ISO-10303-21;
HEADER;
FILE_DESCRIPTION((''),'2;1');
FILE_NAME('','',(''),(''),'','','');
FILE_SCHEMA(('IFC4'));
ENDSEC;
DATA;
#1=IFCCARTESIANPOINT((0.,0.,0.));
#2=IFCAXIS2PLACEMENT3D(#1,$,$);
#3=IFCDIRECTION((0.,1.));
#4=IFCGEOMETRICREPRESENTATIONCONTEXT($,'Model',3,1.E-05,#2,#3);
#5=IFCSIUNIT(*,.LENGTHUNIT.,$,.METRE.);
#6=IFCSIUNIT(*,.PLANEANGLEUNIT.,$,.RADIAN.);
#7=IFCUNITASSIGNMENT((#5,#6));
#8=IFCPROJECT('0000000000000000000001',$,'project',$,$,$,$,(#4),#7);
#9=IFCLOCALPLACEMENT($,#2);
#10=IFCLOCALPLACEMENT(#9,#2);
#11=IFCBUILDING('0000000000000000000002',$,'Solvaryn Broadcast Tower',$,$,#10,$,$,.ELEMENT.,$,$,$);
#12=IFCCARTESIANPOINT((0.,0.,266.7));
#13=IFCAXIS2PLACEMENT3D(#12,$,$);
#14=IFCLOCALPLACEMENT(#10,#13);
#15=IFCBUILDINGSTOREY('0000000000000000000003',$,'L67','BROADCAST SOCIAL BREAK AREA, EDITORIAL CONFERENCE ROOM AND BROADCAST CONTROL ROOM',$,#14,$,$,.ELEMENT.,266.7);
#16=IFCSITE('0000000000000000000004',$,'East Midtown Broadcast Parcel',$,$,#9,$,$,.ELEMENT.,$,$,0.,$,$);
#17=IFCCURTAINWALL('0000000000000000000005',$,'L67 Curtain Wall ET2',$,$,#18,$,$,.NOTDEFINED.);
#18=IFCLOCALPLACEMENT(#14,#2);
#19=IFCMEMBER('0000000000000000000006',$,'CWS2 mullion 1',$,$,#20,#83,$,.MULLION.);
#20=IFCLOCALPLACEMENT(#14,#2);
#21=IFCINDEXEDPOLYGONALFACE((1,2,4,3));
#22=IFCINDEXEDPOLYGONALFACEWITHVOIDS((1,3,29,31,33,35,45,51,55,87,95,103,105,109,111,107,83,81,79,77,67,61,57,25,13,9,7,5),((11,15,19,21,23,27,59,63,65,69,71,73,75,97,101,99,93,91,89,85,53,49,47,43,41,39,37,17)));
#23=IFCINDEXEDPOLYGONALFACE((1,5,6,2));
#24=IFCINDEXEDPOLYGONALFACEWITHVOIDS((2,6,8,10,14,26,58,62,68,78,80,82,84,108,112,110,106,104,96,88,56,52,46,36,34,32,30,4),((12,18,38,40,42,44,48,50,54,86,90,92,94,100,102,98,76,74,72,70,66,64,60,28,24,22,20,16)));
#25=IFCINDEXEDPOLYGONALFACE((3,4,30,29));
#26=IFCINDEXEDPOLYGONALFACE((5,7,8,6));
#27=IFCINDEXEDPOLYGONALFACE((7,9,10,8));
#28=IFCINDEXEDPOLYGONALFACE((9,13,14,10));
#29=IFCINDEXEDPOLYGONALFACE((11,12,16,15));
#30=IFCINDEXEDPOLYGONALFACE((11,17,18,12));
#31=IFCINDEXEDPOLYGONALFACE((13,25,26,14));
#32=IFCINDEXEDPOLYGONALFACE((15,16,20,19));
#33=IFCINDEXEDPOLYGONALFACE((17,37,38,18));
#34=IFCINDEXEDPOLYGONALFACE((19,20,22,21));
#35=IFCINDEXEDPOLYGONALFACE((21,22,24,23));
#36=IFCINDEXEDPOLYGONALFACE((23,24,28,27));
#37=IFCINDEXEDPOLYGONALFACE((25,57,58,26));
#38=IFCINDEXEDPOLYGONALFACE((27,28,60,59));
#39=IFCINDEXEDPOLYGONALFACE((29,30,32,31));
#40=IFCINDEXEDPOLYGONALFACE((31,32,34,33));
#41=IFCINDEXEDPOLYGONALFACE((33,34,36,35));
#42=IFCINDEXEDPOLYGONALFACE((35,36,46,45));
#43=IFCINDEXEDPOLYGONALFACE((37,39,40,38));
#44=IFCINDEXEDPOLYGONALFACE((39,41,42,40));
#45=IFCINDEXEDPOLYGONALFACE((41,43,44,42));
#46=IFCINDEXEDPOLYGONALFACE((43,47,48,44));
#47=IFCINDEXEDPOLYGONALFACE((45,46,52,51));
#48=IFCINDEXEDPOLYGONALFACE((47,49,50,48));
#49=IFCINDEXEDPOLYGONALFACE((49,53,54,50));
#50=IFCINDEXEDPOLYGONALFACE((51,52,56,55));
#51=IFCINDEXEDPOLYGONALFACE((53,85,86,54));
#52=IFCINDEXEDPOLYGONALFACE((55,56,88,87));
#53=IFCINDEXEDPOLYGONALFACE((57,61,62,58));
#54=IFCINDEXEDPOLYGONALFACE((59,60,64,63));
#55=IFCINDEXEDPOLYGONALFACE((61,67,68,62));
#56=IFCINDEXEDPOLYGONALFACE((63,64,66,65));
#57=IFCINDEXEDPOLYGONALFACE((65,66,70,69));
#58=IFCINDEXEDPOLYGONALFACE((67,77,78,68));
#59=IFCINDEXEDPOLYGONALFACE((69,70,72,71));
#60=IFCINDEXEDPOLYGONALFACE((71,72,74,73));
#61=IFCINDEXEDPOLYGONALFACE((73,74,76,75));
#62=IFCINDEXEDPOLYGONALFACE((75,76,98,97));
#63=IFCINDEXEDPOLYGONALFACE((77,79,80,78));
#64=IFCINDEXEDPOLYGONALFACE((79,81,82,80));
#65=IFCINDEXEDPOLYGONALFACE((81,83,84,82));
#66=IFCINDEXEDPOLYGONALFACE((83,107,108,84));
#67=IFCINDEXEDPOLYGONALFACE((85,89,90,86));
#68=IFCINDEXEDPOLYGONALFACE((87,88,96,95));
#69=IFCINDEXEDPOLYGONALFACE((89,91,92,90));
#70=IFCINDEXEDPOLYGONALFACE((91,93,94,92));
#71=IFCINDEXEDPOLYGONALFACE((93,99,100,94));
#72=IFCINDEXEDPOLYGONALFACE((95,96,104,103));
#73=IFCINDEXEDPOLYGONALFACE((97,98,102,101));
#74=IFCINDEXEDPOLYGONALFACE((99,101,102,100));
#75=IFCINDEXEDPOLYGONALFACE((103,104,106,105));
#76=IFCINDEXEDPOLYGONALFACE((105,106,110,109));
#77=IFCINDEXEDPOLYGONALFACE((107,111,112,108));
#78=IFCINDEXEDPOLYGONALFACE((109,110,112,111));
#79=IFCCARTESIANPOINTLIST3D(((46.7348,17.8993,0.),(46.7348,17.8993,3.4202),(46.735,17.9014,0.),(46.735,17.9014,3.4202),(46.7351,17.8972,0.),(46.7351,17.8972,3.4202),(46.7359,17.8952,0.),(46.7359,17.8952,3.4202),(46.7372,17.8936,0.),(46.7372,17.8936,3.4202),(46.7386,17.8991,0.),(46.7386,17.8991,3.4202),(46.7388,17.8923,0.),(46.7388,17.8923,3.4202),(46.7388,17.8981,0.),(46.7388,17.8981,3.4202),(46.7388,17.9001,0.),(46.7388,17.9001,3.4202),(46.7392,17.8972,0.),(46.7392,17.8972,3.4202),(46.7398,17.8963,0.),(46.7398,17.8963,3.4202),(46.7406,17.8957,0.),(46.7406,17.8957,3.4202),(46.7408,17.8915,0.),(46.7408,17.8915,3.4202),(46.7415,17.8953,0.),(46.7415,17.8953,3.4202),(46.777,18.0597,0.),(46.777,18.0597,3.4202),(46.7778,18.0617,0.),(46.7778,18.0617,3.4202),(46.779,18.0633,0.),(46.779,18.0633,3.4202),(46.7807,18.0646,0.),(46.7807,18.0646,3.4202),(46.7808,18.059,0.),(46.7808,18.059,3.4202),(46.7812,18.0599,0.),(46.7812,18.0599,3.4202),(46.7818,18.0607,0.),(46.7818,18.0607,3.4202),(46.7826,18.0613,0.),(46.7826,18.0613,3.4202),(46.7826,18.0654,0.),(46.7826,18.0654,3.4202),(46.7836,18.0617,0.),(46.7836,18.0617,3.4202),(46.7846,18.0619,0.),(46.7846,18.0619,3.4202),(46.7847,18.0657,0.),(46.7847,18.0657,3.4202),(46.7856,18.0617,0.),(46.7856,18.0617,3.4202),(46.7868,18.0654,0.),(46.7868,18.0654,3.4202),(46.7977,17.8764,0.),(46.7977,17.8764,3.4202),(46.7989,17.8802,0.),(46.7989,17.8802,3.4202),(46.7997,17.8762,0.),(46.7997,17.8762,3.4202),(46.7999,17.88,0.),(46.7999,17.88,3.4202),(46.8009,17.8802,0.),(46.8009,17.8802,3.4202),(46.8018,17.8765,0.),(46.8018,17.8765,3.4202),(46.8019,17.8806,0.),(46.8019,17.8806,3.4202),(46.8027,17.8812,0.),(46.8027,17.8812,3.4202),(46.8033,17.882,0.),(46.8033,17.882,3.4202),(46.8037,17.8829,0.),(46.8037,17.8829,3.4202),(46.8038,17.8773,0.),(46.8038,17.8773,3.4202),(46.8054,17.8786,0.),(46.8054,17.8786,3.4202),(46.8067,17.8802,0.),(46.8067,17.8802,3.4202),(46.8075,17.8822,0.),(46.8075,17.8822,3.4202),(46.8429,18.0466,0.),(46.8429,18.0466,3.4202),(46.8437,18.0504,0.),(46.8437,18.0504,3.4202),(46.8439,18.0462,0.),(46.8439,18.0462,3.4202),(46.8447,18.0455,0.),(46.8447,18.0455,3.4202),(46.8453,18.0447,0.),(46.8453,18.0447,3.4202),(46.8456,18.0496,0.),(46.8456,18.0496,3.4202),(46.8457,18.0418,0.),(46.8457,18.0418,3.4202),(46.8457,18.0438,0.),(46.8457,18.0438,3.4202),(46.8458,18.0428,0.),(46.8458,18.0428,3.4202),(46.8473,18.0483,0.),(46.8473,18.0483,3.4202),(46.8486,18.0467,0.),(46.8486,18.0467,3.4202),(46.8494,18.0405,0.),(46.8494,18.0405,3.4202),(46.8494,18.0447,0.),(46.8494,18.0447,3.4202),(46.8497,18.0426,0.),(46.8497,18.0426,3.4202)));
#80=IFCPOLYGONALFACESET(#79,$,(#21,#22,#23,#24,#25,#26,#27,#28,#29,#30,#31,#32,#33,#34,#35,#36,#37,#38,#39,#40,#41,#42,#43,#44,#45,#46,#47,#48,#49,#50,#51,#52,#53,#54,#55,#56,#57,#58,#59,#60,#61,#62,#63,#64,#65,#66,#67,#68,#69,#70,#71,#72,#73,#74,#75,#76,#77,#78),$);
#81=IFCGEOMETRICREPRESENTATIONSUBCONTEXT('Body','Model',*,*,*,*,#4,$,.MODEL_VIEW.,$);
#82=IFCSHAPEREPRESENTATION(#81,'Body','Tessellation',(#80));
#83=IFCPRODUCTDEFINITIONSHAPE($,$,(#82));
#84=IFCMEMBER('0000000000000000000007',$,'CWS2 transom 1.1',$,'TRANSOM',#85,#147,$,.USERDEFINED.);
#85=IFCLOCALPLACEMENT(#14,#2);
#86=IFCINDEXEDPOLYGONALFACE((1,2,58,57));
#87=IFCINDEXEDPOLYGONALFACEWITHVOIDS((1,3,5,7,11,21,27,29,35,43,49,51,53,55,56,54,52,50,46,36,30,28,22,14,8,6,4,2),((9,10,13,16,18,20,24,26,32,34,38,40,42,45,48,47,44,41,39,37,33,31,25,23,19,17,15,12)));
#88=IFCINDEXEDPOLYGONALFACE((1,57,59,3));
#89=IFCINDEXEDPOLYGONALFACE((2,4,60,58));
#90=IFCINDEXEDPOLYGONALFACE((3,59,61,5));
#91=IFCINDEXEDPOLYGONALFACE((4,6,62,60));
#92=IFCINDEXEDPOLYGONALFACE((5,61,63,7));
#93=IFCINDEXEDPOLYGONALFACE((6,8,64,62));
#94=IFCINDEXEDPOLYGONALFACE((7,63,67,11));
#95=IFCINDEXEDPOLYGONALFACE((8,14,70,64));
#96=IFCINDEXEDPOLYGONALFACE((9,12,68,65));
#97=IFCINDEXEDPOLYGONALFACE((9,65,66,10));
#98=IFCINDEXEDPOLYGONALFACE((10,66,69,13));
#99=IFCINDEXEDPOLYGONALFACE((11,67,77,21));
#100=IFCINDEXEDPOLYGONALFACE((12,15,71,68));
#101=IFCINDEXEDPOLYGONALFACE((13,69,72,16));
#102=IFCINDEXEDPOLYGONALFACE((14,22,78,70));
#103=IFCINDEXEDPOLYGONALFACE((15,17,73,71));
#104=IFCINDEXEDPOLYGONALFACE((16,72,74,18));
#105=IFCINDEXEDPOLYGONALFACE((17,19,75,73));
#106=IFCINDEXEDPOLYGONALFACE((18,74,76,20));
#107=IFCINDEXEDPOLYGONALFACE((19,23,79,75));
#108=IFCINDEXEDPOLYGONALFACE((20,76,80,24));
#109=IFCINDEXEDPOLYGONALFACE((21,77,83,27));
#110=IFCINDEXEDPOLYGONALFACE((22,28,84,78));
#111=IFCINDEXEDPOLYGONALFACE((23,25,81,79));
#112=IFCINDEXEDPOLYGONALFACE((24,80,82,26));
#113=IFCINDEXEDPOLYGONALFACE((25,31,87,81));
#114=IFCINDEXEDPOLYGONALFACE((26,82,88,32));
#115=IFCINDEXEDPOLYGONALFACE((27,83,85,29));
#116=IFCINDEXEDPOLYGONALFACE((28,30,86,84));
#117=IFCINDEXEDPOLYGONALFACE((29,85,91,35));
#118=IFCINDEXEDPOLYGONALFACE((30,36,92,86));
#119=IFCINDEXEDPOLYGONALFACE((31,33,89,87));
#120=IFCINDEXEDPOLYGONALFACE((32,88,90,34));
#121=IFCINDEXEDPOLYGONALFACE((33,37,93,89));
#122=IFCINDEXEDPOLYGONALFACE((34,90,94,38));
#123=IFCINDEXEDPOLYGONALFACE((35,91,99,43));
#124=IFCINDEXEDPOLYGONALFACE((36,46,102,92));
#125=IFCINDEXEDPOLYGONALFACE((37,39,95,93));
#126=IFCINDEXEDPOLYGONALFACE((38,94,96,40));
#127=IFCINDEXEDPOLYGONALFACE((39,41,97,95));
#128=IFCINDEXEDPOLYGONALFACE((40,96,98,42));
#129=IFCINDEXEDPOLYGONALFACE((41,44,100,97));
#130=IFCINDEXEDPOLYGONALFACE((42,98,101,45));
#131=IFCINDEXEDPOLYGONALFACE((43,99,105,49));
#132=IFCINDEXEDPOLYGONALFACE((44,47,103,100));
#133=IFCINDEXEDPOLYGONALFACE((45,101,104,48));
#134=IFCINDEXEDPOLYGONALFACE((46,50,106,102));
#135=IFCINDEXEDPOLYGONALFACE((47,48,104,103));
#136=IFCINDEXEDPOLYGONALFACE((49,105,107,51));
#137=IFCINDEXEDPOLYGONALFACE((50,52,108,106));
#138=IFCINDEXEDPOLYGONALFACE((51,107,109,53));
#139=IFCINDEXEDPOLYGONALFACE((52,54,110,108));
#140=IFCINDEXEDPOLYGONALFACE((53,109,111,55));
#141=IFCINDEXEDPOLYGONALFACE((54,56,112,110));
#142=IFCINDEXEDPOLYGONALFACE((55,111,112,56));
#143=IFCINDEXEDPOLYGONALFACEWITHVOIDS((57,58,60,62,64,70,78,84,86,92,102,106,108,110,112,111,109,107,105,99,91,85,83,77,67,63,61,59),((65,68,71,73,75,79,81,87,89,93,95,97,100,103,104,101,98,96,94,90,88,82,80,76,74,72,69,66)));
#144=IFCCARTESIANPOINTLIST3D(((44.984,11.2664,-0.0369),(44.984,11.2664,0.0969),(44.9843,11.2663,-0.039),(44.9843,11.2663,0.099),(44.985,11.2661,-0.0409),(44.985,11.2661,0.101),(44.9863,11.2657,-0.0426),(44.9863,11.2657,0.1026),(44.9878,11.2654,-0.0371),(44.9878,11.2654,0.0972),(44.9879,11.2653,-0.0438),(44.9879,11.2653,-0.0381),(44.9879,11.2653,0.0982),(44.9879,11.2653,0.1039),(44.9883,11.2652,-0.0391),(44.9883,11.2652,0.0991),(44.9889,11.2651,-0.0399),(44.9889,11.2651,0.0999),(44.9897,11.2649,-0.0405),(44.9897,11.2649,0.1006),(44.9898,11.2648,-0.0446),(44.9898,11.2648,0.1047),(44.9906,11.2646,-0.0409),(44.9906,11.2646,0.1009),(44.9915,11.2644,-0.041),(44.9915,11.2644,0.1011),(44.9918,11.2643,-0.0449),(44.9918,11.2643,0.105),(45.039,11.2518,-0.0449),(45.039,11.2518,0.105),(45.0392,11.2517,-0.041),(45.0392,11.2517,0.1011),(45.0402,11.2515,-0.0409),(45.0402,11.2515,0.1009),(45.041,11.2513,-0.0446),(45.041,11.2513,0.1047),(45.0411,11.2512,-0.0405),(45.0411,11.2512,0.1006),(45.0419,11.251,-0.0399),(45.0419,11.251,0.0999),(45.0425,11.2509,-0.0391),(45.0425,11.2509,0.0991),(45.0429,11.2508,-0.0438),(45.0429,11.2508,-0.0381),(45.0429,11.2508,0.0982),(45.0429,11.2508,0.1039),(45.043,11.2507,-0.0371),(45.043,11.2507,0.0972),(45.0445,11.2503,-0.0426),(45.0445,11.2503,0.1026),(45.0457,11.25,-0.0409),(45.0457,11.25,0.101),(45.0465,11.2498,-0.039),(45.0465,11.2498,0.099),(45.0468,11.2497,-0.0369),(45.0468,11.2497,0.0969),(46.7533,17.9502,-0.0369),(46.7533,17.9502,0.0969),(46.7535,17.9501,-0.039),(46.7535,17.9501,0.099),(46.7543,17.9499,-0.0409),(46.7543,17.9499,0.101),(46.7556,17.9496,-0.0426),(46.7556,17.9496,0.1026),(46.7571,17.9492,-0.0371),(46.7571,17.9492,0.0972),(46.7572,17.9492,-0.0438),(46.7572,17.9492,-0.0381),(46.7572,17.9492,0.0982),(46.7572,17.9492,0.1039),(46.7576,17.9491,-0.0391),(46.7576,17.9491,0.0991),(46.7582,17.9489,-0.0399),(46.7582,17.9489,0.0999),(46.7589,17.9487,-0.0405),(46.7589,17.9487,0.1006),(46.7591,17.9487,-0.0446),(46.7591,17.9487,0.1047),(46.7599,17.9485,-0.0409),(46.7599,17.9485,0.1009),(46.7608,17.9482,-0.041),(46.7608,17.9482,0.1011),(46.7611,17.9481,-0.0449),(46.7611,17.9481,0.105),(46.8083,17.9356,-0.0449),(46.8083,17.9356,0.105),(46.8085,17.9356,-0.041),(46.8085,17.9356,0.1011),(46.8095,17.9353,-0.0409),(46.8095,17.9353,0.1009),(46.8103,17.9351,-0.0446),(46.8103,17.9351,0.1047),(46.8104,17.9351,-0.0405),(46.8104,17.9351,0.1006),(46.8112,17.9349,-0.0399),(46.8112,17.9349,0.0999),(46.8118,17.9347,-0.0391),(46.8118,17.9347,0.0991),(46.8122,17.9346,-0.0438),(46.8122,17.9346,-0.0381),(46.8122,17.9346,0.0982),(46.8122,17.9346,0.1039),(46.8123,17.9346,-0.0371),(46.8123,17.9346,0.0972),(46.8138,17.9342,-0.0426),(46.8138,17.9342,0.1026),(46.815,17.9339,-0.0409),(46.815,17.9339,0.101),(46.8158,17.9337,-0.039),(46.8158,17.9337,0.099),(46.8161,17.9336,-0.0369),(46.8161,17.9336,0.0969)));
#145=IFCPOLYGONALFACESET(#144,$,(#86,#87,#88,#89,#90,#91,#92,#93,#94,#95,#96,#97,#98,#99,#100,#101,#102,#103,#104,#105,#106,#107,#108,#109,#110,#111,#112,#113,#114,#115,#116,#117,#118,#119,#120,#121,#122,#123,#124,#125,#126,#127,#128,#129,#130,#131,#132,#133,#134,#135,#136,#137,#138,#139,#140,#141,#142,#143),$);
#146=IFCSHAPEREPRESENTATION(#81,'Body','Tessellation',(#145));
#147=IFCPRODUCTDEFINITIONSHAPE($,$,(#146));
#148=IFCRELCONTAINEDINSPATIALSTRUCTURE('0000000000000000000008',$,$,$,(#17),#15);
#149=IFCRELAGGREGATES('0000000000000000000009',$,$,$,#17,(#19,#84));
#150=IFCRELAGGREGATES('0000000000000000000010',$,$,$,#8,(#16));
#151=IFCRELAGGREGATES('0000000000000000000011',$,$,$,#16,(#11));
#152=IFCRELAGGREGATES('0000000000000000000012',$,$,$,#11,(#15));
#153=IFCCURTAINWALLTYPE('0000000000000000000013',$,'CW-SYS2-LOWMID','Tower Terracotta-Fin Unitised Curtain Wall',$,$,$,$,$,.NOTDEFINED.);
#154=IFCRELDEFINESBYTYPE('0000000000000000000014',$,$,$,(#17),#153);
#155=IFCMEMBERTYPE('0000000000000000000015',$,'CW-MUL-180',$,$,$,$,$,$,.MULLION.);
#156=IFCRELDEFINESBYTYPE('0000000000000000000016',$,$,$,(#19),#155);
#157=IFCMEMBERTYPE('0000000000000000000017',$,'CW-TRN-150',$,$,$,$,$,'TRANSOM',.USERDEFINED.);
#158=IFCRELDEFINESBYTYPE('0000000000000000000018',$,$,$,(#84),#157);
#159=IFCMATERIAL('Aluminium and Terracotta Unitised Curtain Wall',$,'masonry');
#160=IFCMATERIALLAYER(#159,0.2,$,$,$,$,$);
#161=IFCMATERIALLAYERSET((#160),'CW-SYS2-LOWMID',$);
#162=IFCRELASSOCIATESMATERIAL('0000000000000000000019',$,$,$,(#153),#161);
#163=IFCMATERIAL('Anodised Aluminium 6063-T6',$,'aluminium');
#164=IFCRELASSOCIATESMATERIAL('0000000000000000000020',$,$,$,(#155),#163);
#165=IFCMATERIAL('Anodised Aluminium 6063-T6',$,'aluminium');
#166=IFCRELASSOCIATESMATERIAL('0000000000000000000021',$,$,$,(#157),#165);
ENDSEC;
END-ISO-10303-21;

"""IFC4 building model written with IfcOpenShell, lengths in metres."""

from ifc_helpers import new_model, si_unit, direction, frame, origin, origin_2d, place, context, subcontext, project, spatial, hollow_rectangle, extrude, material, layer, layer_set, material_profile, profile_set, type_object, element, aggregate, save


model = new_model("IFC4")

# Units and contexts
model_context = context("Model", 3, precision=1e-05, world=origin(), true_north=direction((0.0, 1.0)))
body_context = subcontext(model_context, "Body", "Model", "MODEL_VIEW")
ifc_project = project(units=[si_unit("LENGTHUNIT", "METRE"), si_unit("PLANEANGLEUNIT", "RADIAN")], contexts=[model_context])

# Site, building, storey
site_placement = place(None, origin())
site = spatial("IfcSite", under=ifc_project, at=site_placement, Name="East Midtown Broadcast Parcel", CompositionType="ELEMENT", RefElevation=0.0)
building_placement = place(site_placement, origin())
building = spatial("IfcBuilding", under=site, at=building_placement, Name="Solvaryn Broadcast Tower", CompositionType="ELEMENT")
storey_placement = place(building_placement, frame((0.0, 0.0, 266.7)))
storey = spatial("IfcBuildingStorey", under=building, at=storey_placement, Name="L67", Description="BROADCAST SOCIAL BREAK AREA, EDITORIAL CONFERENCE ROOM AND BROADCAST CONTROL ROOM", CompositionType="ELEMENT", Elevation=266.7)

# Shared definitions
ifc_material_1 = material(Name="Aluminium and Terracotta Unitised Curtain Wall", Category="masonry")
ifc_layer_1 = layer(ifc_material_1, 0.2)
ifc_layer_set_1 = layer_set([ifc_layer_1], Name="CW-SYS2-LOWMID")
curtain_wall_type = type_object("IfcCurtainWallType", Name="CW-SYS2-LOWMID", Description="Tower Terracotta-Fin Unitised Curtain Wall", PredefinedType="NOTDEFINED", material=ifc_layer_set_1)
ifc_material_2 = material(Name="Anodised Aluminium 6063-T6", Category="aluminium")
ifc_material_profile_1 = material_profile(ifc_material_2, hollow_rectangle(XDim=0.075, YDim=0.1799, WallThickness=0.0039, InnerFilletRadius=0.0039, OuterFilletRadius=0.0081, at=origin_2d()))
ifc_profile_set_1 = profile_set([ifc_material_profile_1], Name="Anodised Aluminium 6063-T6")
member_type_1 = type_object("IfcMemberType", Name="CW-MUL-180", PredefinedType="MULLION", material=ifc_profile_set_1)

# Curtain wall, members
curtain_wall_1_placement = place(storey_placement, origin())
curtain_wall_1 = element("IfcCurtainWall", 1, at=curtain_wall_1_placement, inside=storey, type_object=curtain_wall_type, Name="L67 Curtain Wall ET2", PredefinedType="NOTDEFINED")
member_1_placement = place(storey_placement, frame((46.7922, 17.9709, 0.0), z_axis=(0.0, 0.0, 1.0), x_axis=(0.966705, -0.255893, 0.0)))
member_1 = element("IfcMember", 2, at=member_1_placement, type_object=member_type_1, Name="CWS2 mullion 1", PredefinedType="MULLION", context=body_context, shape_type="SweptSolid", body=[
    extrude(hollow_rectangle(XDim=0.075, YDim=0.1799, WallThickness=0.0039, InnerFilletRadius=0.0039, OuterFilletRadius=0.0081, at=origin_2d()), origin(), (0.0, 0.0, 1.0), 3.4202),
])
ifc_material_3 = material(Name="Anodised Aluminium 6063-T6", Category="aluminium")
ifc_material_profile_2 = material_profile(ifc_material_3, hollow_rectangle(XDim=0.0649, YDim=0.1499, WallThickness=0.0039, InnerFilletRadius=0.0039, OuterFilletRadius=0.0081, at=origin_2d()))
ifc_profile_set_2 = profile_set([ifc_material_profile_2], Name="Anodised Aluminium 6063-T6")
member_type_2 = type_object("IfcMemberType", Name="CW-TRN-150", ElementType="TRANSOM", PredefinedType="USERDEFINED", material=ifc_profile_set_2)
member_2_placement = place(storey_placement, frame((46.7847, 17.9419, 0.03), z_axis=(-0.255897, -0.966704, 0.0), x_axis=(0.966704, -0.255897, 0.0)))
member_2 = element("IfcMember", 3, at=member_2_placement, type_object=member_type_2, Name="CWS2 transom 1.1", ObjectType="TRANSOM", PredefinedType="USERDEFINED", context=body_context, shape_type="SweptSolid", body=[
    extrude(hollow_rectangle(XDim=0.0649, YDim=0.1499, WallThickness=0.0039, InnerFilletRadius=0.0039, OuterFilletRadius=0.0081, at=origin_2d()), origin(), (0.0, 0.0, 1.0), 6.9141),
])

aggregate(curtain_wall_1, [member_1, member_2])

save(model, "model.ifc")
